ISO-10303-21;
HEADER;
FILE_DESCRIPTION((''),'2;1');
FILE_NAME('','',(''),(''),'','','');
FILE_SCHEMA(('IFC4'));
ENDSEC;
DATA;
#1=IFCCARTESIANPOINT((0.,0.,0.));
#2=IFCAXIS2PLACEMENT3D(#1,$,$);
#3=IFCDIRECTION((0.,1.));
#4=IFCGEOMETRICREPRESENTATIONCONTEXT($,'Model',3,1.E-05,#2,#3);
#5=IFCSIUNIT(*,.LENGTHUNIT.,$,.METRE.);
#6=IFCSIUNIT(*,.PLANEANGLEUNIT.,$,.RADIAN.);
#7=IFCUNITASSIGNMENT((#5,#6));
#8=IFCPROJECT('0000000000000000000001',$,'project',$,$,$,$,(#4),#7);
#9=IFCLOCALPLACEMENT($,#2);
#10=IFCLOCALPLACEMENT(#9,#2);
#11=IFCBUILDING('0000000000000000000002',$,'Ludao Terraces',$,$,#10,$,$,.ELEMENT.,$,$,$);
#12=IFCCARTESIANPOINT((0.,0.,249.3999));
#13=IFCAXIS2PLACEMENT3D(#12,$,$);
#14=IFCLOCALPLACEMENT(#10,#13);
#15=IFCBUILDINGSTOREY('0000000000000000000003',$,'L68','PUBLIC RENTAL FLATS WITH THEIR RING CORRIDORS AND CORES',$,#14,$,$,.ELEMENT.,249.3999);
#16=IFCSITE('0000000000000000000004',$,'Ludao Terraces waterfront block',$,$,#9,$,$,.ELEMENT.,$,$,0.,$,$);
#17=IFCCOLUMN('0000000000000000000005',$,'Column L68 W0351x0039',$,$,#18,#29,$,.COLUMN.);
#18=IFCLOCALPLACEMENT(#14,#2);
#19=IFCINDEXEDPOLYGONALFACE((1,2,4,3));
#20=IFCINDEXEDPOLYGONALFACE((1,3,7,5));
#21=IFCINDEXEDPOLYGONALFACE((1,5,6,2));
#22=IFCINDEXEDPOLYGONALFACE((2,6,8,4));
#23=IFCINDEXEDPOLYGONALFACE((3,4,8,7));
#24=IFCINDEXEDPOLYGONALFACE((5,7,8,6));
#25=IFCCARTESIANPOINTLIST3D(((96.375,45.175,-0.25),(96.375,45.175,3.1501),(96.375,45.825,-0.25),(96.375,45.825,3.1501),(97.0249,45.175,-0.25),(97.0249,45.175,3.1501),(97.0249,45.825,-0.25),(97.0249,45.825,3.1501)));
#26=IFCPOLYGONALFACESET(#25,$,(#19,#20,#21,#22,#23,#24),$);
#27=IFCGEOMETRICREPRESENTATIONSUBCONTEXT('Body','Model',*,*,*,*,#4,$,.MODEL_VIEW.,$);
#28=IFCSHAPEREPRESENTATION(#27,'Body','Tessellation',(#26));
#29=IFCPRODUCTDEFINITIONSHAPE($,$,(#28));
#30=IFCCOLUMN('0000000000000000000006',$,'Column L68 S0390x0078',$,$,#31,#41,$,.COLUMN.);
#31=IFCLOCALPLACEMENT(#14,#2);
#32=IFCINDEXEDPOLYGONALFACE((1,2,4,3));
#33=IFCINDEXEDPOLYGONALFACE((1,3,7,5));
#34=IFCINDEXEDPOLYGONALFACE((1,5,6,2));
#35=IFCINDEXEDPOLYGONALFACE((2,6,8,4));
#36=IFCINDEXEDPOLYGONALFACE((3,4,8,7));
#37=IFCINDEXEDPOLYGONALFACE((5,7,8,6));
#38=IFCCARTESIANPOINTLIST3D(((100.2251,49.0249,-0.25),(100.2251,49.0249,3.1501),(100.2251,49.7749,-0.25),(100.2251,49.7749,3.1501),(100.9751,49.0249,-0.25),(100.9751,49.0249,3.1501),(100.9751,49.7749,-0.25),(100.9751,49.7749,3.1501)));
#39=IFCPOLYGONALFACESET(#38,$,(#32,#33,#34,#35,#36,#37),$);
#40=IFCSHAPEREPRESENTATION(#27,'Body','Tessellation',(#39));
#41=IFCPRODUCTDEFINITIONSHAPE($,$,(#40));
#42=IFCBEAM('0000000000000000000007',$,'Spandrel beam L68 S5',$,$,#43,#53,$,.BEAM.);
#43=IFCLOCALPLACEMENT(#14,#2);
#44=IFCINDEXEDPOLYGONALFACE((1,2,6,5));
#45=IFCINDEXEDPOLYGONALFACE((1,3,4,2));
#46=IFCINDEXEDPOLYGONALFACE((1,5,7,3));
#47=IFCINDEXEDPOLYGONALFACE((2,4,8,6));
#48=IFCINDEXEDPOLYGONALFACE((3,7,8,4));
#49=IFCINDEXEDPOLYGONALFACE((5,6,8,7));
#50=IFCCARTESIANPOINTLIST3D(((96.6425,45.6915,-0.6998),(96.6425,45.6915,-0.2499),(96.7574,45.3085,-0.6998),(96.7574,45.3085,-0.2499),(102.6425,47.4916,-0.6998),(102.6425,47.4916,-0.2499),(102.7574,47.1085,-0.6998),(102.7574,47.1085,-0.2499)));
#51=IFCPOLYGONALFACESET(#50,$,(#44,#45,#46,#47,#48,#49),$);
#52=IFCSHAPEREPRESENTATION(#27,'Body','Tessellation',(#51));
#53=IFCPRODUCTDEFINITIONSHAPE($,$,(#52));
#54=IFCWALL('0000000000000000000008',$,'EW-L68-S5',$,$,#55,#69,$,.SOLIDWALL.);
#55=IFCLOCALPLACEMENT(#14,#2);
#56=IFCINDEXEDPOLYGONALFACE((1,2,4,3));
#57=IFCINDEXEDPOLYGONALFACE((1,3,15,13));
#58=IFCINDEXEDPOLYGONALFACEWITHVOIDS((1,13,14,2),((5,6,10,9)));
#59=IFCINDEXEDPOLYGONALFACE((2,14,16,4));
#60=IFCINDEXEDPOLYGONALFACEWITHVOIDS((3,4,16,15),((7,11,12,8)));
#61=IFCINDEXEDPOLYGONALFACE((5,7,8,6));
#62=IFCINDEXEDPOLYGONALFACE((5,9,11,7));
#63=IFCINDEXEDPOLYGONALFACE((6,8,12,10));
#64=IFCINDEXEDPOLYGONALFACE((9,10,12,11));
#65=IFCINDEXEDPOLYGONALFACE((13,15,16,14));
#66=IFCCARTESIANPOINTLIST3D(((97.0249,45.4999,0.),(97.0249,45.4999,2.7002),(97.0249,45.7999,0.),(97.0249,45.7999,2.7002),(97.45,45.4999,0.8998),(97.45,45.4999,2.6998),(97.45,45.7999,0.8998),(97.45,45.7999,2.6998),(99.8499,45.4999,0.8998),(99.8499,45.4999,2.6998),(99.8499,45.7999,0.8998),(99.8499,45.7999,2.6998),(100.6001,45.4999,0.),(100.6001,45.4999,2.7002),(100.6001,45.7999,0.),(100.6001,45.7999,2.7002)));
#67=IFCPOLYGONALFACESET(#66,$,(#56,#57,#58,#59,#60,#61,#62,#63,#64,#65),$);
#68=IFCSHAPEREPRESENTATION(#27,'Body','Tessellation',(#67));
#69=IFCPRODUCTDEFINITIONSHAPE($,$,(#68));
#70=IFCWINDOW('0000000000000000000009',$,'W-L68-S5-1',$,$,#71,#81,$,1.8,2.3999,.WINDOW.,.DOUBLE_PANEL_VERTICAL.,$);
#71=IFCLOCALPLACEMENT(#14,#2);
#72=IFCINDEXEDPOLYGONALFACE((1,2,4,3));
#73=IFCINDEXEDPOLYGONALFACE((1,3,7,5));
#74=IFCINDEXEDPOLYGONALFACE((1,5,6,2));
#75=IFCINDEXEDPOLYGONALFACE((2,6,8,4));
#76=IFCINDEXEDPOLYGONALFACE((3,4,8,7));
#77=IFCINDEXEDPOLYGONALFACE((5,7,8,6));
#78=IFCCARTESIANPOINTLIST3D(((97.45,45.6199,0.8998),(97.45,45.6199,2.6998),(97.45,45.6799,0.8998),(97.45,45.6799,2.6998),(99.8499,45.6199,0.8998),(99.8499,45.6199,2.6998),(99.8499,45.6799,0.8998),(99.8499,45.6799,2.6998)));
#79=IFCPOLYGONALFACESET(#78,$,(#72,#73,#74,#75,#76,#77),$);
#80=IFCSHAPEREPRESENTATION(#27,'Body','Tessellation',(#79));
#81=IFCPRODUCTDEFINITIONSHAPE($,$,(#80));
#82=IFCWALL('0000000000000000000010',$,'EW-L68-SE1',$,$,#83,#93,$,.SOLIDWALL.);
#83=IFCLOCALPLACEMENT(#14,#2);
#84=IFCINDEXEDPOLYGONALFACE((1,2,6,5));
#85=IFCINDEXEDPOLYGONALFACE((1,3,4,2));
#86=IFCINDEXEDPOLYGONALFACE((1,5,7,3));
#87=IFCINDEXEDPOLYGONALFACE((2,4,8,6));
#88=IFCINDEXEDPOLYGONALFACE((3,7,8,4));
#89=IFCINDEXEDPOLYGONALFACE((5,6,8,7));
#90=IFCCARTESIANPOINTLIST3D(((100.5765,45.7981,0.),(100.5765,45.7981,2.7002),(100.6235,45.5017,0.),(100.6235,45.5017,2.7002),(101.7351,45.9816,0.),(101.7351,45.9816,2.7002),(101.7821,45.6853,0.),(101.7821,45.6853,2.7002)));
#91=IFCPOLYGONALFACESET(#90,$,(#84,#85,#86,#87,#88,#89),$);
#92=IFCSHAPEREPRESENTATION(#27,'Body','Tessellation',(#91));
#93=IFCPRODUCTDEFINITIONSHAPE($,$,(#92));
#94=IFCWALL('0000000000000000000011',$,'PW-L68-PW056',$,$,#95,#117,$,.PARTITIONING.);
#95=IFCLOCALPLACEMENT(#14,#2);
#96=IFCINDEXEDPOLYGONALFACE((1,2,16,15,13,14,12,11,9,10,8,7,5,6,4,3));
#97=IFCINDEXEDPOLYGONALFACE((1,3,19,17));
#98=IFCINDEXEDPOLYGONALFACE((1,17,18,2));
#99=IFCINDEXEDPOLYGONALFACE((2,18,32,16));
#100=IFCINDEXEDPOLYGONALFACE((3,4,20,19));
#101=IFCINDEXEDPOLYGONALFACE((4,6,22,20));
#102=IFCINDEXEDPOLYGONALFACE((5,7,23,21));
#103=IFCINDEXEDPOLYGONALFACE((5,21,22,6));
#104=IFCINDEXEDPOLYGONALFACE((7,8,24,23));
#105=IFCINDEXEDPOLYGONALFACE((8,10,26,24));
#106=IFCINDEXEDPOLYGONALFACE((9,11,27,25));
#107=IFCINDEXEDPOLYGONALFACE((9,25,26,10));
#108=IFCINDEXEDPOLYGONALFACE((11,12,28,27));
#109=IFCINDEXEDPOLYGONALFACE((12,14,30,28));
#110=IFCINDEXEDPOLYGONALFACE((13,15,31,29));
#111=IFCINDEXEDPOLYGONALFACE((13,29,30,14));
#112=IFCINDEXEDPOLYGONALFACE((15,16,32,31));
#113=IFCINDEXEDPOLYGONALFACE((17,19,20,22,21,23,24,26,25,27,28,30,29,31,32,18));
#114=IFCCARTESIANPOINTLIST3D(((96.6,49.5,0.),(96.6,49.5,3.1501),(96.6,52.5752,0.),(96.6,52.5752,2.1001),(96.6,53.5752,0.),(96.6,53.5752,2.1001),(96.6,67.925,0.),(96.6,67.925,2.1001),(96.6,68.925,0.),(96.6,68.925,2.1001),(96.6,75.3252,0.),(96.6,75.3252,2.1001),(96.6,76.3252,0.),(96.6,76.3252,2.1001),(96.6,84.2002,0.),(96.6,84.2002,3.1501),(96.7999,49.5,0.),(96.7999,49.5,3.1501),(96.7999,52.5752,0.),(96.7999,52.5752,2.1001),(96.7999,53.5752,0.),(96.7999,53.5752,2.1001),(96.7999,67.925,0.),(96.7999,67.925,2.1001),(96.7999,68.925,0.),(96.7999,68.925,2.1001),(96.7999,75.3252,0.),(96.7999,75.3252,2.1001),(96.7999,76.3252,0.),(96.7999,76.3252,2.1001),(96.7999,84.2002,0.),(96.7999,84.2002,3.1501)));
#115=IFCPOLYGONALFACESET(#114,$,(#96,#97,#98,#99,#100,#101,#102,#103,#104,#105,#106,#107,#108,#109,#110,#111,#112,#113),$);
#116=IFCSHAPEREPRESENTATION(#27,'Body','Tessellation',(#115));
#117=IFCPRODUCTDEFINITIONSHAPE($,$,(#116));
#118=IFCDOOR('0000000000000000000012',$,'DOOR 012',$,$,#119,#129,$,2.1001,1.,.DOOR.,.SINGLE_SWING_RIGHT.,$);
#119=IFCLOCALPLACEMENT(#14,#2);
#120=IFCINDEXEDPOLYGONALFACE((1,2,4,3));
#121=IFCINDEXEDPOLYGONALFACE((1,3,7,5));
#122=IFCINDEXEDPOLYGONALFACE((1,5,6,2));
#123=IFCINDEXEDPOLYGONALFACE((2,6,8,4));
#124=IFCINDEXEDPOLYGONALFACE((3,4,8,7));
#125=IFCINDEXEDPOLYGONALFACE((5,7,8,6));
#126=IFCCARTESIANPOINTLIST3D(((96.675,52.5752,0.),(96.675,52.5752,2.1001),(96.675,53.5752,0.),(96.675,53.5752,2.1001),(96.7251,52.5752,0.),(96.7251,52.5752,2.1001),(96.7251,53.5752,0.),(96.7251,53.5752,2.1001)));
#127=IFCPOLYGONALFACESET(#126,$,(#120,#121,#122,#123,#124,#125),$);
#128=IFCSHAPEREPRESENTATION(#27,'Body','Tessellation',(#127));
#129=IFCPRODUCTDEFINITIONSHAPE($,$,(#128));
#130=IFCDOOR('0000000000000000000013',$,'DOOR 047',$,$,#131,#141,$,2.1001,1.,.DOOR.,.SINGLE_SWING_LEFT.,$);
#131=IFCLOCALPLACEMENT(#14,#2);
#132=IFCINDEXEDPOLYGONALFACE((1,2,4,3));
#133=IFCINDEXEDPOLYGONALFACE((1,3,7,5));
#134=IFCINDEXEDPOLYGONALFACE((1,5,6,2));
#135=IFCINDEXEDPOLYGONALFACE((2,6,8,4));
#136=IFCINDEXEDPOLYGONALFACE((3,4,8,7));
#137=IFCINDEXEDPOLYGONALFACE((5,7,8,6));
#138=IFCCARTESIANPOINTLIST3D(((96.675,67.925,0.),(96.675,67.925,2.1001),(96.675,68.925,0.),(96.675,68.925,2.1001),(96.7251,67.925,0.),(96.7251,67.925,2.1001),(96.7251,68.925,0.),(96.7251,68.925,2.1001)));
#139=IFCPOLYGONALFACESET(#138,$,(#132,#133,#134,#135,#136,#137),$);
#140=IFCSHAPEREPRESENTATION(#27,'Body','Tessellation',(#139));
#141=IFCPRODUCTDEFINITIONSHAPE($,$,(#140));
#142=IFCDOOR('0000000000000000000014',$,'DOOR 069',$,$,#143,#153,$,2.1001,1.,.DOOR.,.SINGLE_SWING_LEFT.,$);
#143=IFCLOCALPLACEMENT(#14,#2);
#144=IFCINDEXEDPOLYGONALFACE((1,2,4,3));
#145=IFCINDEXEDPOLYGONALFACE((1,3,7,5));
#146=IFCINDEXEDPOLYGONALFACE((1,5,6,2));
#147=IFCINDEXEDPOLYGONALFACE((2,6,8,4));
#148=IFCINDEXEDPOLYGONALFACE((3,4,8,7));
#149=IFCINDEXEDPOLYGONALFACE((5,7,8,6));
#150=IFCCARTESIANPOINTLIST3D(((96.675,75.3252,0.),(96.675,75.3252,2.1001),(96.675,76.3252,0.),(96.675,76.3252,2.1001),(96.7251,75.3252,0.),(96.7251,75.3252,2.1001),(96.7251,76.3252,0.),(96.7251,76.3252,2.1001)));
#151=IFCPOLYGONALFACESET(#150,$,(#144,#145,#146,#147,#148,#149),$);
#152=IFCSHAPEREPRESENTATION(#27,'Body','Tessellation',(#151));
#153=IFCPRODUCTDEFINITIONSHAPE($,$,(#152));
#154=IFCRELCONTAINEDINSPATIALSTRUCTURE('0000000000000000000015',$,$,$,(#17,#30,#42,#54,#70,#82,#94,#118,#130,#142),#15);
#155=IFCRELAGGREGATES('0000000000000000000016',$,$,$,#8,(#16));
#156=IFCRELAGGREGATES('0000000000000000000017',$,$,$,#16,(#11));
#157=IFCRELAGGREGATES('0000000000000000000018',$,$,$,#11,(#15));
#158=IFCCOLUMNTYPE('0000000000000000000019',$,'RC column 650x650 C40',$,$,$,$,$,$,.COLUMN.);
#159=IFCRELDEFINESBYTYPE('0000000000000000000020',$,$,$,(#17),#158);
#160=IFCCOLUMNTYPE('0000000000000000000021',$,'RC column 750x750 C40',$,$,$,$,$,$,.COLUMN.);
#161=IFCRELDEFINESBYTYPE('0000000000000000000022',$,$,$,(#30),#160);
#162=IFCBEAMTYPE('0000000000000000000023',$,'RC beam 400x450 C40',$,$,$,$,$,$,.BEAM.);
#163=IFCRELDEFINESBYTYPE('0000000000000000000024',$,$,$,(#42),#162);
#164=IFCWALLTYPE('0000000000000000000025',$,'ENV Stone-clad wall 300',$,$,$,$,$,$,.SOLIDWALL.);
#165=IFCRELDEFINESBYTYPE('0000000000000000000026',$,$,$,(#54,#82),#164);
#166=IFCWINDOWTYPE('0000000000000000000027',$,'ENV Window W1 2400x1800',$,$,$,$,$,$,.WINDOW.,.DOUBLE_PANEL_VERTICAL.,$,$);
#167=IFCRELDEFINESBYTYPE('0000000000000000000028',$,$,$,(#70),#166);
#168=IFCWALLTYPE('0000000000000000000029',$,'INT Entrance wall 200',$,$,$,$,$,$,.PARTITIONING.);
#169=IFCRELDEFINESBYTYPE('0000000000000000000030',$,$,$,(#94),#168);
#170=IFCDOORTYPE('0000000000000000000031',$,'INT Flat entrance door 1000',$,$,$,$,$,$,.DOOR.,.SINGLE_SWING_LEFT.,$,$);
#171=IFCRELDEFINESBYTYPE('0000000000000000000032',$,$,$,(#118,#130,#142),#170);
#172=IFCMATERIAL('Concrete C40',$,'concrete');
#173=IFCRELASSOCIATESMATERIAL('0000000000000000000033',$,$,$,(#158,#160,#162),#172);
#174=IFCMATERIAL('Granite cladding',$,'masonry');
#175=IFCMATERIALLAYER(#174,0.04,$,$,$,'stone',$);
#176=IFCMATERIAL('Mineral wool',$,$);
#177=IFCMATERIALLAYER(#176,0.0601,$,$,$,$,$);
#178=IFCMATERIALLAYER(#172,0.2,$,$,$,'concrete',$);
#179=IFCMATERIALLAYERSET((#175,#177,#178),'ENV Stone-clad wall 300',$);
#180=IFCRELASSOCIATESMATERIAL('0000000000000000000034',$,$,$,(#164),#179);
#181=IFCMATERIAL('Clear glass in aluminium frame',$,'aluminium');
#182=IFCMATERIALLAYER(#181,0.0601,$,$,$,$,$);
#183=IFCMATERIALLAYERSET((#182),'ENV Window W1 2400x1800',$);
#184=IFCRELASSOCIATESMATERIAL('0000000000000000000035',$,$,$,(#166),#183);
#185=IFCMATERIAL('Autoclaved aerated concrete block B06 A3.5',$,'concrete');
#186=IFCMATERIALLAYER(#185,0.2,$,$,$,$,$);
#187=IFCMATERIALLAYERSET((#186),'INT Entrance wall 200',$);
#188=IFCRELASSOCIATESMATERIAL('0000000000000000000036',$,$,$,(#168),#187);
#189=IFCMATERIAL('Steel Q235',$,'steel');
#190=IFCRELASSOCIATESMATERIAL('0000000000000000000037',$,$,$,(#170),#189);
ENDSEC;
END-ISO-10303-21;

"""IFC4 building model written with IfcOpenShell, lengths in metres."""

from ifc_helpers import new_model, si_unit, direction, frame, frame_2d, origin, origin_2d, place, context, subcontext, project, spatial, rectangle, extrude, material, layer, layer_set, material_profile, profile_set, type_object, element, fill, save


model = new_model("IFC4")

# Units and contexts
model_context = context("Model", 3, precision=1e-05, world=origin(), true_north=direction((0.0, 1.0)))
body_context = subcontext(model_context, "Body", "Model", "MODEL_VIEW")
ifc_project = project(units=[si_unit("LENGTHUNIT", "METRE"), si_unit("PLANEANGLEUNIT", "RADIAN")], contexts=[model_context])

# Site, building, storey
site_placement = place(None, origin())
site = spatial("IfcSite", under=ifc_project, at=site_placement, Name="Ludao Terraces waterfront block", CompositionType="ELEMENT", RefElevation=0.0)
building_placement = place(site_placement, origin())
building = spatial("IfcBuilding", under=site, at=building_placement, Name="Ludao Terraces", CompositionType="ELEMENT")
storey_placement = place(building_placement, frame((0.0, 0.0, 249.3999)))
storey = spatial("IfcBuildingStorey", under=building, at=storey_placement, Name="L68", Description="PUBLIC RENTAL FLATS WITH THEIR RING CORRIDORS AND CORES", CompositionType="ELEMENT", Elevation=249.3999)

# Columns
ifc_material_1 = material(Name="Concrete C40", Category="concrete")
ifc_material_profile_1 = material_profile(ifc_material_1, rectangle(XDim=0.6499, YDim=0.6499, at=origin_2d()), Name="650 X 650")
ifc_profile_set_1 = profile_set([ifc_material_profile_1], Name="Concrete C40")
column_type_1 = type_object("IfcColumnType", Name="RC column 650x650 C40", PredefinedType="COLUMN", material=ifc_profile_set_1)
column_1_placement = place(storey_placement, frame((96.7, 45.5, -0.25), z_axis=(0.0, 0.0, 1.0), x_axis=(1.0, 0.0, 0.0)))
element("IfcColumn", 1, at=column_1_placement, inside=storey, type_object=column_type_1, Name="Column L68 W0351x0039", PredefinedType="COLUMN", context=body_context, shape_type="SweptSolid", body=[
    extrude(rectangle(XDim=0.6499, YDim=0.6499, at=origin_2d()), origin(), (0.0, 0.0, 1.0), 3.4001),
])
ifc_material_profile_2 = material_profile(ifc_material_1, rectangle(XDim=0.75, YDim=0.75, at=origin_2d()), Name="750 X 750")
ifc_profile_set_2 = profile_set([ifc_material_profile_2], Name="Concrete C40")
column_type_2 = type_object("IfcColumnType", Name="RC column 750x750 C40", PredefinedType="COLUMN", material=ifc_profile_set_2)
column_2_placement = place(storey_placement, frame((100.6001, 49.3999, -0.25), z_axis=(0.0, 0.0, 1.0), x_axis=(1.0, 0.0, 0.0)))
element("IfcColumn", 2, at=column_2_placement, inside=storey, type_object=column_type_2, Name="Column L68 S0390x0078", PredefinedType="COLUMN", context=body_context, shape_type="SweptSolid", body=[
    extrude(rectangle(XDim=0.75, YDim=0.75, at=origin_2d()), origin(), (0.0, 0.0, 1.0), 3.4001),
])

# Beam
ifc_material_profile_3 = material_profile(ifc_material_1, rectangle(XDim=0.3999, YDim=0.45, at=origin_2d()), Name="400 X 450")
ifc_profile_set_3 = profile_set([ifc_material_profile_3], Name="Concrete C40")
beam_type = type_object("IfcBeamType", Name="RC beam 400x450 C40", PredefinedType="BEAM", material=ifc_profile_set_3)
beam_placement = place(storey_placement, frame((96.7, 45.5, -0.4749), z_axis=(0.957824, 0.287355, 0.0), x_axis=(-0.287355, 0.957824, 0.0)))
element("IfcBeam", 3, at=beam_placement, inside=storey, type_object=beam_type, Name="Spandrel beam L68 S5", PredefinedType="BEAM", context=body_context, shape_type="SweptSolid", body=[
    extrude(rectangle(XDim=0.3999, YDim=0.45, at=origin_2d()), origin(), (0.0, 0.0, 1.0), 6.2642),
])

# Wall, opening, window
ifc_material_2 = material(Name="Granite cladding", Category="masonry")
ifc_layer_1 = layer(ifc_material_2, 0.04, Category="stone")
ifc_material_3 = material(Name="Mineral wool")
ifc_layer_2 = layer(ifc_material_3, 0.0601)
ifc_layer_3 = layer(ifc_material_1, 0.2, Category="concrete")
ifc_layer_set_1 = layer_set([ifc_layer_1, ifc_layer_2, ifc_layer_3], Name="ENV Stone-clad wall 300")
wall_type_1 = type_object("IfcWallType", Name="ENV Stone-clad wall 300", PredefinedType="SOLIDWALL", material=ifc_layer_set_1)
wall_1_placement = place(storey_placement, frame((97.0249, 45.6499, 0.0), z_axis=(0.0, 0.0, 1.0), x_axis=(1.0, 0.0, 0.0)))
wall_1 = element("IfcWall", 4, at=wall_1_placement, inside=storey, type_object=wall_type_1, Name="EW-L68-S5", PredefinedType="SOLIDWALL", context=body_context, shape_type="SweptSolid", body=[
    extrude(rectangle(XDim=3.5752, YDim=0.3, at=frame_2d((1.7876, 0.0))), origin(), (0.0, 0.0, 1.0), 2.7002),
])
opening_1_placement = place(wall_1_placement, frame((0.425, 0.0, 0.8999)))
opening_1 = element("IfcOpeningElement", 5, at=opening_1_placement, cuts=wall_1, PredefinedType="OPENING", context=body_context, shape_type="SweptSolid", body=[
    extrude(rectangle(XDim=2.3999, YDim=1.8, at=frame_2d((1.2, 0.8999))), frame((0.0, 0.1602, 0.0), z_axis=(0.0, -1.0, 0.0), x_axis=(1.0, 0.0, 0.0)), (0.0, 0.0, 1.0), 0.3201),
])
ifc_material_4 = material(Name="Clear glass in aluminium frame", Category="aluminium")
ifc_layer_4 = layer(ifc_material_4, 0.0601)
ifc_layer_set_2 = layer_set([ifc_layer_4], Name="ENV Window W1 2400x1800")
window_type = type_object("IfcWindowType", Name="ENV Window W1 2400x1800", PartitioningType="DOUBLE_PANEL_VERTICAL", PredefinedType="WINDOW", material=ifc_layer_set_2)
window_placement = place(opening_1_placement, origin())
window = element("IfcWindow", 6, at=window_placement, inside=storey, type_object=window_type, Name="W-L68-S5-1", OverallHeight=1.8, OverallWidth=2.3999, PartitioningType="DOUBLE_PANEL_VERTICAL", PredefinedType="WINDOW", context=body_context, shape_type="SweptSolid", body=[
    extrude(rectangle(XDim=2.3999, YDim=1.8, at=frame_2d((1.2, 0.8999))), frame((0.0, 0.03, 0.0), z_axis=(0.0, -1.0, 0.0), x_axis=(1.0, 0.0, 0.0)), (0.0, 0.0, 1.0), 0.0601),
])
fill(opening_1, window)

# Wall
wall_2_placement = place(storey_placement, frame((100.6001, 45.6499, 0.0), z_axis=(0.0, 0.0, 1.0), x_axis=(0.987678, 0.156497, 0.0)))
element("IfcWall", 7, at=wall_2_placement, inside=storey, type_object=wall_type_1, Name="EW-L68-SE1", PredefinedType="SOLIDWALL", context=body_context, shape_type="SweptSolid", body=[
    extrude(rectangle(XDim=1.1731, YDim=0.3, at=frame_2d((0.5864, 0.0))), origin(), (0.0, 0.0, 1.0), 2.7002),
])

# Wall, openings, doors
ifc_material_5 = material(Name="Autoclaved aerated concrete block B06 A3.5", Category="concrete")
ifc_layer_5 = layer(ifc_material_5, 0.2)
ifc_layer_set_3 = layer_set([ifc_layer_5], Name="INT Entrance wall 200")
wall_type_2 = type_object("IfcWallType", Name="INT Entrance wall 200", PredefinedType="PARTITIONING", material=ifc_layer_set_3)
wall_3_placement = place(storey_placement, frame((96.7, 49.5, 0.0), z_axis=(0.0, 0.0, 1.0), x_axis=(0.0, 1.0, 0.0)))
wall_3 = element("IfcWall", 8, at=wall_3_placement, inside=storey, type_object=wall_type_2, Name="PW-L68-PW056", PredefinedType="PARTITIONING", context=body_context, shape_type="SweptSolid", body=[
    extrude(rectangle(XDim=34.7002, YDim=0.2, at=frame_2d((17.3501, 0.0))), origin(), (0.0, 0.0, 1.0), 3.1501),
])
opening_2_placement = place(wall_3_placement, frame((3.0752, 0.0, 0.0)))
opening_2 = element("IfcOpeningElement", 9, at=opening_2_placement, cuts=wall_3, PredefinedType="OPENING", context=body_context, shape_type="SweptSolid", body=[
    extrude(rectangle(XDim=1.0, YDim=2.1001, at=frame_2d((0.5, 1.05))), frame((0.0, 0.1099, 0.0), z_axis=(0.0, -1.0, 0.0), x_axis=(1.0, 0.0, 0.0)), (0.0, 0.0, 1.0), 0.22),
])
opening_3_placement = place(wall_3_placement, frame((18.425, 0.0, 0.0)))
opening_3 = element("IfcOpeningElement", 10, at=opening_3_placement, cuts=wall_3, PredefinedType="OPENING", context=body_context, shape_type="SweptSolid", body=[
    extrude(rectangle(XDim=1.0, YDim=2.1001, at=frame_2d((0.5, 1.05))), frame((0.0, 0.1099, 0.0), z_axis=(0.0, -1.0, 0.0), x_axis=(1.0, 0.0, 0.0)), (0.0, 0.0, 1.0), 0.22),
])
opening_4_placement = place(wall_3_placement, frame((25.8252, 0.0, 0.0)))
opening_4 = element("IfcOpeningElement", 11, at=opening_4_placement, cuts=wall_3, PredefinedType="OPENING", context=body_context, shape_type="SweptSolid", body=[
    extrude(rectangle(XDim=1.0, YDim=2.1001, at=frame_2d((0.5, 1.05))), frame((0.0, 0.1099, 0.0), z_axis=(0.0, -1.0, 0.0), x_axis=(1.0, 0.0, 0.0)), (0.0, 0.0, 1.0), 0.22),
])
ifc_material_6 = material(Name="Steel Q235", Category="steel")
door_type_1 = type_object("IfcDoorType", Name="INT Flat entrance door 1000", OperationType="SINGLE_SWING_LEFT", PredefinedType="DOOR", material=ifc_material_6)
door_1_placement = place(opening_2_placement, origin())
door_1 = element("IfcDoor", 12, at=door_1_placement, inside=storey, type_object=door_type_1, Name="DOOR 012", OperationType="SINGLE_SWING_RIGHT", OverallHeight=2.1001, OverallWidth=1.0, PredefinedType="DOOR", context=body_context, shape_type="SweptSolid", body=[
    extrude(rectangle(XDim=1.0, YDim=2.1001, at=frame_2d((0.5, 1.05))), frame((0.0, 0.0249, 0.0), z_axis=(0.0, -1.0, 0.0), x_axis=(1.0, 0.0, 0.0)), (0.0, 0.0, 1.0), 0.05),
])
fill(opening_2, door_1)
door_2_placement = place(opening_3_placement, origin())
door_2 = element("IfcDoor", 13, at=door_2_placement, inside=storey, type_object=door_type_1, Name="DOOR 047", OperationType="SINGLE_SWING_LEFT", OverallHeight=2.1001, OverallWidth=1.0, PredefinedType="DOOR", context=body_context, shape_type="SweptSolid", body=[
    extrude(rectangle(XDim=1.0, YDim=2.1001, at=frame_2d((0.5, 1.05))), frame((0.0, 0.0249, 0.0), z_axis=(0.0, -1.0, 0.0), x_axis=(1.0, 0.0, 0.0)), (0.0, 0.0, 1.0), 0.05),
])
fill(opening_3, door_2)
door_3_placement = place(opening_4_placement, origin())
door_3 = element("IfcDoor", 14, at=door_3_placement, inside=storey, type_object=door_type_1, Name="DOOR 069", OperationType="SINGLE_SWING_LEFT", OverallHeight=2.1001, OverallWidth=1.0, PredefinedType="DOOR", context=body_context, shape_type="SweptSolid", body=[
    extrude(rectangle(XDim=1.0, YDim=2.1001, at=frame_2d((0.5, 1.05))), frame((0.0, 0.0249, 0.0), z_axis=(0.0, -1.0, 0.0), x_axis=(1.0, 0.0, 0.0)), (0.0, 0.0, 1.0), 0.05),
])
fill(opening_4, door_3)

save(model, "model.ifc")
